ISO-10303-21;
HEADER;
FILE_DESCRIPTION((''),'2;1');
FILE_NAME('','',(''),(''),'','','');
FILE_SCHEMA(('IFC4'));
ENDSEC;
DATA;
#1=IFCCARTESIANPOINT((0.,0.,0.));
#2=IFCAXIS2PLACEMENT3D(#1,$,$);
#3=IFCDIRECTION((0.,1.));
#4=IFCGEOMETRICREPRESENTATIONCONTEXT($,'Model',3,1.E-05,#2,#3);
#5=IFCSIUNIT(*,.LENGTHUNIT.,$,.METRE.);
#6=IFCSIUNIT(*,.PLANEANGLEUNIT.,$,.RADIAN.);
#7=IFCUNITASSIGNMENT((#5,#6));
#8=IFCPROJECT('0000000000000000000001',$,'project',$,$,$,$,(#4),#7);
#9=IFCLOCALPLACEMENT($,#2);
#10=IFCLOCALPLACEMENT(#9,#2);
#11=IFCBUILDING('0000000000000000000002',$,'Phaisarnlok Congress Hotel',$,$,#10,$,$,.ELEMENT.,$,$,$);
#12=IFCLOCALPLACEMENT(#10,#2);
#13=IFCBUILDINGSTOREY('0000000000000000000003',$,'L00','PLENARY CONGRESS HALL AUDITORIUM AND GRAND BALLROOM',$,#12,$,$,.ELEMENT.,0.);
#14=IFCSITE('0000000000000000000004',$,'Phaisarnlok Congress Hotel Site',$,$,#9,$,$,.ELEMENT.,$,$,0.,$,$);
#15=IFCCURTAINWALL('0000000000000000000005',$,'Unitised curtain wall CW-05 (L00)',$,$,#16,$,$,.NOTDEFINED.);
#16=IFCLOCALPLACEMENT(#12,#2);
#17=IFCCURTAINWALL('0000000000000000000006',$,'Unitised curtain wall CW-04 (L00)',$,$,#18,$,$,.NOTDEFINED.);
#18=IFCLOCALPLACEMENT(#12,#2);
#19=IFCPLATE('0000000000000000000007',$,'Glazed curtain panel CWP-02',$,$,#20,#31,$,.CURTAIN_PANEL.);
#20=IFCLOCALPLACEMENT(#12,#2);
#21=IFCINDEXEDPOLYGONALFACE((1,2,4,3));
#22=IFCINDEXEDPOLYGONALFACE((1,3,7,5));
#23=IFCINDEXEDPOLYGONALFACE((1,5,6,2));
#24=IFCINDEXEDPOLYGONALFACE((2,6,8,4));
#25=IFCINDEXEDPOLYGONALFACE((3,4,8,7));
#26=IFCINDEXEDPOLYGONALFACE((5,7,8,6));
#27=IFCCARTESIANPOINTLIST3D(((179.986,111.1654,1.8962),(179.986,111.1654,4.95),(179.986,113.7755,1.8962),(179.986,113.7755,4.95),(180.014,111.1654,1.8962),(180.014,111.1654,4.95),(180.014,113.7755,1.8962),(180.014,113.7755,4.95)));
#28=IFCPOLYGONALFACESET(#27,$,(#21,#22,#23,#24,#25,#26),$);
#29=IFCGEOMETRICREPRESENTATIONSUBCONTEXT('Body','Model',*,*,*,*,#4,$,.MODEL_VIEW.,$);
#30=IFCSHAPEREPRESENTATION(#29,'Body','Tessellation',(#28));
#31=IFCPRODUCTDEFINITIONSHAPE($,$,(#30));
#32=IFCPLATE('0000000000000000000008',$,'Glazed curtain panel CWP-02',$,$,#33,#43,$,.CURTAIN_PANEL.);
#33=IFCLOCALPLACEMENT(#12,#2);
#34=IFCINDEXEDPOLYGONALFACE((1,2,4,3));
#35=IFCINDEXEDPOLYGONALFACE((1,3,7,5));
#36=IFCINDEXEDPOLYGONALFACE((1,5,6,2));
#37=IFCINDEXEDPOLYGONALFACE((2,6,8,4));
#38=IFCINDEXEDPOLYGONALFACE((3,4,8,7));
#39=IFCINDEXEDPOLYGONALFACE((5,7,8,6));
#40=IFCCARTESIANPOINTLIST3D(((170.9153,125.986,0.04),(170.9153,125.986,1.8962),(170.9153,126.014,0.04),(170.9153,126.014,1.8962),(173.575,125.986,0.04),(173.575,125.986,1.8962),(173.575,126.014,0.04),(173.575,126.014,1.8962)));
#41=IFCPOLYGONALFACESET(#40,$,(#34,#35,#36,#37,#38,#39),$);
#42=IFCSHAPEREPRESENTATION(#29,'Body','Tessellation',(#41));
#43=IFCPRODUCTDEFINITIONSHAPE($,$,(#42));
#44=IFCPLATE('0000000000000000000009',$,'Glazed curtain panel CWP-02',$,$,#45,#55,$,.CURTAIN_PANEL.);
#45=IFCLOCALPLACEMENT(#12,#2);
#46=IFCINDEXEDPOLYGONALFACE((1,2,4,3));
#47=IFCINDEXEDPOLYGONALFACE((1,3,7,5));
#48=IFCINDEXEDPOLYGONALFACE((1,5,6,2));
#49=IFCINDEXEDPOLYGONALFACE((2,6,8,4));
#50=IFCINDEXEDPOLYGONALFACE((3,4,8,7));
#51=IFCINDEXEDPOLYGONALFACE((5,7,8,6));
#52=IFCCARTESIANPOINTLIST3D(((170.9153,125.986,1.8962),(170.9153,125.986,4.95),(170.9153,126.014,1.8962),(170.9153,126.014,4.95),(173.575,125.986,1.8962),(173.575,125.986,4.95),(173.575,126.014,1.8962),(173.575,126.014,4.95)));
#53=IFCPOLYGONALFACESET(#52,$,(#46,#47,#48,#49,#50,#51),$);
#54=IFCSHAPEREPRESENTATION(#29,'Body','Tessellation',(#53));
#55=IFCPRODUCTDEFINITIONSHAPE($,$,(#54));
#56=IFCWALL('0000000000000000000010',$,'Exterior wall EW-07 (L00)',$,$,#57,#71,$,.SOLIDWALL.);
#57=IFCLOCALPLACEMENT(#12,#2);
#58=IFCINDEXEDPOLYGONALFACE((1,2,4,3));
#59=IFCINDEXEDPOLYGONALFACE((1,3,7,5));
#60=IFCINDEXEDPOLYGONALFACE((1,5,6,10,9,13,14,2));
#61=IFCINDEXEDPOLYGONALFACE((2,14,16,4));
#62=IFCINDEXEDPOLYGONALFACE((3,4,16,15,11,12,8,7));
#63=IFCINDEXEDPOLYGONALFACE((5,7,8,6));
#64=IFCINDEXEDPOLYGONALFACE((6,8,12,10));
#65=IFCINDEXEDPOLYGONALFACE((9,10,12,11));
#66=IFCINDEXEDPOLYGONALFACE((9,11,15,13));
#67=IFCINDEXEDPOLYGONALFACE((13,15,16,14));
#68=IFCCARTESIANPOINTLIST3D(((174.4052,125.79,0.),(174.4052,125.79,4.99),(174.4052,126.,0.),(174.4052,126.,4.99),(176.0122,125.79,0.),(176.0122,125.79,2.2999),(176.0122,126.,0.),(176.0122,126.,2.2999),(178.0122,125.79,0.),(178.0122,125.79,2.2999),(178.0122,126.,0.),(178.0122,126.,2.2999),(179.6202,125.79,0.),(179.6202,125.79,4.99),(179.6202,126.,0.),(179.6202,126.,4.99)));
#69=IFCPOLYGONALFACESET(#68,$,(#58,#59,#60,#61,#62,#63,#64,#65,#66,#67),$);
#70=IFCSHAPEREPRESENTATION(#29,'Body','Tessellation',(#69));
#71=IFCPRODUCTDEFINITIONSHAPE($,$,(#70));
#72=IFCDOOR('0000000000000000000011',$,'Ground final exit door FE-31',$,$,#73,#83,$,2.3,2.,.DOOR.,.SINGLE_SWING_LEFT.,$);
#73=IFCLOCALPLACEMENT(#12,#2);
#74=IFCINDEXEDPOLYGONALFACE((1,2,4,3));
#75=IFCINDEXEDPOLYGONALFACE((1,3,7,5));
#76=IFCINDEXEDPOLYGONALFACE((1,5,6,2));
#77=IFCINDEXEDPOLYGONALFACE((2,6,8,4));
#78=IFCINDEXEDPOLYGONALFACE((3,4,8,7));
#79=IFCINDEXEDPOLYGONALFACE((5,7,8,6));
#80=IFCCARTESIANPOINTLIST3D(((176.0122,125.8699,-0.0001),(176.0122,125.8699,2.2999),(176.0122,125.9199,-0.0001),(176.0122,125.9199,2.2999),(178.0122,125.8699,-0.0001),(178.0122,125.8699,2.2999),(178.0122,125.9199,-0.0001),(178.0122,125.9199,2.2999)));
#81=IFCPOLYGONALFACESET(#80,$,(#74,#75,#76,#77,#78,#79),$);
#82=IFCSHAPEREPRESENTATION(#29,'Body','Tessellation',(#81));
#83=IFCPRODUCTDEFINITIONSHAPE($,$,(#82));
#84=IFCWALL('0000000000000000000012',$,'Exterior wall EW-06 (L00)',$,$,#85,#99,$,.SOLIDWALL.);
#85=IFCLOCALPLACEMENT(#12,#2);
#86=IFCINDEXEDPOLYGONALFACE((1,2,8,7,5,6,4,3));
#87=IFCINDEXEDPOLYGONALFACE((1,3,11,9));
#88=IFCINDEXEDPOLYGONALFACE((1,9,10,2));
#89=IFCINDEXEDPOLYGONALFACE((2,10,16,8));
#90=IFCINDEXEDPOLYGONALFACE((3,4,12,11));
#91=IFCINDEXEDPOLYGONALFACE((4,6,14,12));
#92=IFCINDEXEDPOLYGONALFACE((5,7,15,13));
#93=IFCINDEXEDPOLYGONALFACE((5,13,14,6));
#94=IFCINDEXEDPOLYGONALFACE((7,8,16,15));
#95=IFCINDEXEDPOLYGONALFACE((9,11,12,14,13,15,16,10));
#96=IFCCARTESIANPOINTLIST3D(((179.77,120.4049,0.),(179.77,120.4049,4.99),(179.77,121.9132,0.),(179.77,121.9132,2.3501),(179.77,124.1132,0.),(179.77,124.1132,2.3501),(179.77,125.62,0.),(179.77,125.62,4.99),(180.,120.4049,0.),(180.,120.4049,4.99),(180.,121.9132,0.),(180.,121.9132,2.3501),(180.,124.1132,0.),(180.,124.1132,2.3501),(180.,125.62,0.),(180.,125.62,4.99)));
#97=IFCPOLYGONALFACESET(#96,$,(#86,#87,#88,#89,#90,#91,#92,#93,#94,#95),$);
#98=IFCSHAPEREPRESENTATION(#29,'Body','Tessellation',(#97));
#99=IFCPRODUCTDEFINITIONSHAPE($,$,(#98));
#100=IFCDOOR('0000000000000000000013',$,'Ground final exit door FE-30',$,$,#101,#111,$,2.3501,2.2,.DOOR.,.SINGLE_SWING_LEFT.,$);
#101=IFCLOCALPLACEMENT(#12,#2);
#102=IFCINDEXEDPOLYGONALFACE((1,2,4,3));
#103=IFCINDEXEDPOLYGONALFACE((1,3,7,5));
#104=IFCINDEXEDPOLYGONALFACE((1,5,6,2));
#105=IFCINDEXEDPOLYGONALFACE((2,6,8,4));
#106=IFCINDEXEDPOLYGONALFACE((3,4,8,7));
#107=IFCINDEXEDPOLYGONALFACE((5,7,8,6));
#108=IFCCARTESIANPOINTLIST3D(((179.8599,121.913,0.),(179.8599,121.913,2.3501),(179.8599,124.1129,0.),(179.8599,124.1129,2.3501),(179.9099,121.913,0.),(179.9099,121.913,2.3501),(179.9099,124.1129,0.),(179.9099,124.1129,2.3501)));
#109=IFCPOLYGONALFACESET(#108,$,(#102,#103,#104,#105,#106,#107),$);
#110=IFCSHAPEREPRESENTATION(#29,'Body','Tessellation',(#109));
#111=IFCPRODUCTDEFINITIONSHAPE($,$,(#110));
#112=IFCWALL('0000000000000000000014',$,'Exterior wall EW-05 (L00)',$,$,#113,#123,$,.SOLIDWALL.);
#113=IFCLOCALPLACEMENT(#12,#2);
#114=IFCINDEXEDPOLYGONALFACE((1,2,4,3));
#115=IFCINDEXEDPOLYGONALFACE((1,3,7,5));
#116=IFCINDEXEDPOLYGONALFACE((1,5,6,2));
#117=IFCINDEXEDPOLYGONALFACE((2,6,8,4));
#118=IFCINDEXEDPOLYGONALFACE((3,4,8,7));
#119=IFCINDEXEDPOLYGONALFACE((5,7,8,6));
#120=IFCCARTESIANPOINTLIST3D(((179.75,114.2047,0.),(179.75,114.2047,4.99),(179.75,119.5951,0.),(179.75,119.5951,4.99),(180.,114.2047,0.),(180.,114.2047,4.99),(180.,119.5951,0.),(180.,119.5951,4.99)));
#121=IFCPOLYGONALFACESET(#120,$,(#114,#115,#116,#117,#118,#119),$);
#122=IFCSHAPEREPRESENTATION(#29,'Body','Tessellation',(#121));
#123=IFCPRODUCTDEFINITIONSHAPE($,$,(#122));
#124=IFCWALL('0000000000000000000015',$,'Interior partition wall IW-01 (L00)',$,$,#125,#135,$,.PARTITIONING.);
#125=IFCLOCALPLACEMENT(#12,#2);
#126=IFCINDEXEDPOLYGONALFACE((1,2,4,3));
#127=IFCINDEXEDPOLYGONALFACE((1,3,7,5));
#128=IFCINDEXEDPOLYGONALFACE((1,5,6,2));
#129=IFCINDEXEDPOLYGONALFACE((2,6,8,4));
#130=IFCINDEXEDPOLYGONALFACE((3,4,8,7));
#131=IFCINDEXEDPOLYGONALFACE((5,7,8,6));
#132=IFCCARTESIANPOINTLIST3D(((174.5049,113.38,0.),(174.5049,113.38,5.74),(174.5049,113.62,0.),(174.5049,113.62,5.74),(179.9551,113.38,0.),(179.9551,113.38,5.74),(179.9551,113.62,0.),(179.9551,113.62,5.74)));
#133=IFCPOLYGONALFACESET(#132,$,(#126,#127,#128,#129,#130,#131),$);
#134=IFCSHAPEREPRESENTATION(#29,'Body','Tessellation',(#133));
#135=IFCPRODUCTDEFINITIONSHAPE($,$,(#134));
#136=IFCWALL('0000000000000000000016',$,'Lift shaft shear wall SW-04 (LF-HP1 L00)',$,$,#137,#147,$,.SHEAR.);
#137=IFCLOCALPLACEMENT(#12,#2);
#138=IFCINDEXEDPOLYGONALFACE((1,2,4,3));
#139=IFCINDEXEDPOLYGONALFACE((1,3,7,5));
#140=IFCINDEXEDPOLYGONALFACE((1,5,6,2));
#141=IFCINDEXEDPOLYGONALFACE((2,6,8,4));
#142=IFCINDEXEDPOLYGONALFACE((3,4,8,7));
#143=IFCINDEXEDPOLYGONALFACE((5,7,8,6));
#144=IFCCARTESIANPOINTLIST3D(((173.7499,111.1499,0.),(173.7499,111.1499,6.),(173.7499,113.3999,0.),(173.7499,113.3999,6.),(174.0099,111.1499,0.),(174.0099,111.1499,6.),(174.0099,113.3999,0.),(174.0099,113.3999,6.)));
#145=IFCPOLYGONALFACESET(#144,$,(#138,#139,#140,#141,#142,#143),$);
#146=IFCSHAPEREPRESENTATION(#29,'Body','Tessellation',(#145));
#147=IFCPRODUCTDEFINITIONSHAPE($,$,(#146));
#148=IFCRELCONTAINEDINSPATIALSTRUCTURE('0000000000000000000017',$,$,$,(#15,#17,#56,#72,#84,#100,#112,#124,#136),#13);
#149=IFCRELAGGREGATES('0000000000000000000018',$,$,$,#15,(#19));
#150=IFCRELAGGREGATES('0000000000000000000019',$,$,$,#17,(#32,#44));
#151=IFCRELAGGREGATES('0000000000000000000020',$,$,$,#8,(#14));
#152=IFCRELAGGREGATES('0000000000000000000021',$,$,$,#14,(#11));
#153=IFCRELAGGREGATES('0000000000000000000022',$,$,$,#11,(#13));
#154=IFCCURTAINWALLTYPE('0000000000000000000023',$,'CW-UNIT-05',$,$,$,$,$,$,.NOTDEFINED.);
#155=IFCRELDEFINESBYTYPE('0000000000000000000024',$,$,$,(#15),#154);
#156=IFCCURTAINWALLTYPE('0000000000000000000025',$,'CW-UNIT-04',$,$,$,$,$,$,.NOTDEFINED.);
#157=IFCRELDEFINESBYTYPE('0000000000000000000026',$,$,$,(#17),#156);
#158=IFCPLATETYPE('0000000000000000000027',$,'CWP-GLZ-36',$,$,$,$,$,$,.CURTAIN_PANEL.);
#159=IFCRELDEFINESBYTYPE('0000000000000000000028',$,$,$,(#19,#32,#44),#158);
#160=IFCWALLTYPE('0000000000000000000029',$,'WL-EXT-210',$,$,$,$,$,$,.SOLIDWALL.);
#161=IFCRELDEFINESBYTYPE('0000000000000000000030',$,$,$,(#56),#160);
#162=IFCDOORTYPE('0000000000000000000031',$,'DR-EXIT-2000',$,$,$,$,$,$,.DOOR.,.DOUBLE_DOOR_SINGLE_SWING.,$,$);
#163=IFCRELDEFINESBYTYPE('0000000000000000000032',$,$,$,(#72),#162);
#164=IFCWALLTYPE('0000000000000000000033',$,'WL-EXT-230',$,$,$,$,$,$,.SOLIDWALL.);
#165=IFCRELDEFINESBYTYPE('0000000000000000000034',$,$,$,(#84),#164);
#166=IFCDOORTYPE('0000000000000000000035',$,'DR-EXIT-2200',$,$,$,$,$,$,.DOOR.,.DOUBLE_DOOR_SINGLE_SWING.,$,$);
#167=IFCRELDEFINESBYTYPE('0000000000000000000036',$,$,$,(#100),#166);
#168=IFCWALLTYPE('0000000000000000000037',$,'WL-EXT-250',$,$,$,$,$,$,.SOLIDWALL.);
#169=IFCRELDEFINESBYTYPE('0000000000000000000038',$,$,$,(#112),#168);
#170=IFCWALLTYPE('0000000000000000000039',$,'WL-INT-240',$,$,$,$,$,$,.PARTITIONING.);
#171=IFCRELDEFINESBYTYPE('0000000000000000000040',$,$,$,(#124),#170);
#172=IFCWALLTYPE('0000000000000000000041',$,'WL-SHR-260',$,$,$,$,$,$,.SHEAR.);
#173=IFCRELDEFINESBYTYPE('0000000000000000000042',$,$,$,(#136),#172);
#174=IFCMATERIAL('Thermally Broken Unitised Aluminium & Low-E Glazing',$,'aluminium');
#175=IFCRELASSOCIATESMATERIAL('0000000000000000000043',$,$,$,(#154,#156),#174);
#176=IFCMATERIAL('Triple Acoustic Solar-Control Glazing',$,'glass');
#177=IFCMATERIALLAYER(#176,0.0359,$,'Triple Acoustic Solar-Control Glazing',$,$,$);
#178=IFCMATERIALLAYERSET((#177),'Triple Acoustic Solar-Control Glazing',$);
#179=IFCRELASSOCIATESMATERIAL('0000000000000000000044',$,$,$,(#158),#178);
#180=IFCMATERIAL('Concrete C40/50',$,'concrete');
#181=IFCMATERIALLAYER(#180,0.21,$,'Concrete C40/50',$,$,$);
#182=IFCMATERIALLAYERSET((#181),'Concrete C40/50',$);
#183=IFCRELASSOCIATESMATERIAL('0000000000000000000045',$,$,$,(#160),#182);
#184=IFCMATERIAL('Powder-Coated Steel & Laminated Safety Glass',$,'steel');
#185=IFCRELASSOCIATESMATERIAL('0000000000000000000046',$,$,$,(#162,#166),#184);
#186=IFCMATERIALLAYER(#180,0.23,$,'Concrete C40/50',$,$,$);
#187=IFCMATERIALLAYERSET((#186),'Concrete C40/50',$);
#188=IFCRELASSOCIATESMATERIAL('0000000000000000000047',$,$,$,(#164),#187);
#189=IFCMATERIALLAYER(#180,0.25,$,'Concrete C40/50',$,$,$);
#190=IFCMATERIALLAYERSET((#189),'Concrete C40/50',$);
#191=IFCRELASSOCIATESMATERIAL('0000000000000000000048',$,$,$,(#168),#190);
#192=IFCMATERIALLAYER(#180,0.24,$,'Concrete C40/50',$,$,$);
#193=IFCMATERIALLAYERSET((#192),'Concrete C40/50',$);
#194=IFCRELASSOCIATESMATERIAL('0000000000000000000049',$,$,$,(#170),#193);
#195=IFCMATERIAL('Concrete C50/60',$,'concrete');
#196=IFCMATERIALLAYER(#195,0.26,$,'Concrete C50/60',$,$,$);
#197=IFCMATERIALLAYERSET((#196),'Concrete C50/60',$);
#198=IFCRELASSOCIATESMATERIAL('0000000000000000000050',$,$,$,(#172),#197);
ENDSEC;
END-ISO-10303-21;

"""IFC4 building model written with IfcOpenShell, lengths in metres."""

from ifc_helpers import new_model, si_unit, direction, frame, frame_2d, origin, place, context, subcontext, project, spatial, rectangle, extrude, material, layer, layer_set, type_object, element, fill, aggregate, save


model = new_model("IFC4")

# Units and contexts
model_context = context("Model", 3, precision=1e-05, world=origin(), true_north=direction((0.0, 1.0)))
body_context = subcontext(model_context, "Body", "Model", "MODEL_VIEW")
ifc_project = project(units=[si_unit("LENGTHUNIT", "METRE"), si_unit("PLANEANGLEUNIT", "RADIAN")], contexts=[model_context])

# Site, building, storey
site_placement = place(None, origin())
site = spatial("IfcSite", under=ifc_project, at=site_placement, Name="Phaisarnlok Congress Hotel Site", CompositionType="ELEMENT", RefElevation=0.0)
building_placement = place(site_placement, origin())
building = spatial("IfcBuilding", under=site, at=building_placement, Name="Phaisarnlok Congress Hotel", CompositionType="ELEMENT")
storey_placement = place(building_placement, origin())
storey = spatial("IfcBuildingStorey", under=building, at=storey_placement, Name="L00", Description="PLENARY CONGRESS HALL AUDITORIUM AND GRAND BALLROOM", CompositionType="ELEMENT", Elevation=0.0)

# Shared definitions
ifc_material_1 = material(Name="Concrete C50/60", Category="concrete")

# Shared definitions
ifc_material_2 = material(Name="Concrete C40/50", Category="concrete")

# Curtain wall
ifc_material_3 = material(Name="Thermally Broken Unitised Aluminium & Low-E Glazing", Category="aluminium")
curtain_wall_type_1 = type_object("IfcCurtainWallType", Name="CW-UNIT-05", PredefinedType="NOTDEFINED", material=ifc_material_3)
curtain_wall_1_placement = place(storey_placement, origin())
curtain_wall_1 = element("IfcCurtainWall", 1, at=curtain_wall_1_placement, inside=storey, type_object=curtain_wall_type_1, Name="Unitised curtain wall CW-05 (L00)", PredefinedType="NOTDEFINED")

# Curtain wall
curtain_wall_type_2 = type_object("IfcCurtainWallType", Name="CW-UNIT-04", PredefinedType="NOTDEFINED", material=ifc_material_3)
curtain_wall_2_placement = place(storey_placement, origin())
curtain_wall_2 = element("IfcCurtainWall", 2, at=curtain_wall_2_placement, inside=storey, type_object=curtain_wall_type_2, Name="Unitised curtain wall CW-04 (L00)", PredefinedType="NOTDEFINED")

# Plates
ifc_material_4 = material(Name="Triple Acoustic Solar-Control Glazing", Category="glass")
ifc_layer_1 = layer(ifc_material_4, 0.0359, Name="Triple Acoustic Solar-Control Glazing")
ifc_layer_set_1 = layer_set([ifc_layer_1], Name="Triple Acoustic Solar-Control Glazing")
plate_type = type_object("IfcPlateType", Name="CWP-GLZ-36", PredefinedType="CURTAIN_PANEL", material=ifc_layer_set_1)
plate_1_placement = place(storey_placement, frame((180.0, 111.1653, 1.8962), z_axis=(0.0, 0.0, 1.0), x_axis=(0.0, 1.0, 0.0)))
plate_1 = element("IfcPlate", 3, at=plate_1_placement, type_object=plate_type, Name="Glazed curtain panel CWP-02", PredefinedType="CURTAIN_PANEL", context=body_context, shape_type="SweptSolid", body=[
    extrude(rectangle(XDim=2.6101, YDim=0.0281, at=frame_2d((1.3052, 0.0))), origin(), (0.0, 0.0, 1.0), 3.0537),
])
aggregate(curtain_wall_1, [plate_1])
plate_2_placement = place(storey_placement, frame((173.575, 126.0, 0.04), z_axis=(0.0, 0.0, 1.0), x_axis=(-1.0, 0.0, 0.0)))
plate_2 = element("IfcPlate", 4, at=plate_2_placement, type_object=plate_type, Name="Glazed curtain panel CWP-02", PredefinedType="CURTAIN_PANEL", context=body_context, shape_type="SweptSolid", body=[
    extrude(rectangle(XDim=2.6597, YDim=0.0281, at=frame_2d((1.3298, 0.0))), origin(), (0.0, 0.0, 1.0), 1.8562),
])
plate_3_placement = place(storey_placement, frame((173.575, 126.0, 1.8962), z_axis=(0.0, 0.0, 1.0), x_axis=(-1.0, 0.0, 0.0)))
plate_3 = element("IfcPlate", 5, at=plate_3_placement, type_object=plate_type, Name="Glazed curtain panel CWP-02", PredefinedType="CURTAIN_PANEL", context=body_context, shape_type="SweptSolid", body=[
    extrude(rectangle(XDim=2.6597, YDim=0.0281, at=frame_2d((1.3298, 0.0))), origin(), (0.0, 0.0, 1.0), 3.0537),
])
aggregate(curtain_wall_2, [plate_2, plate_3])

# Walls, openings, doors
ifc_layer_2 = layer(ifc_material_2, 0.21, Name="Concrete C40/50")
ifc_layer_set_2 = layer_set([ifc_layer_2], Name="Concrete C40/50")
wall_type_1 = type_object("IfcWallType", Name="WL-EXT-210", PredefinedType="SOLIDWALL", material=ifc_layer_set_2)
wall_1_placement = place(storey_placement, frame((179.6201, 125.895, 0.0), z_axis=(0.0, 0.0, 1.0), x_axis=(-1.0, 0.0, 0.0)))
wall_1 = element("IfcWall", 6, at=wall_1_placement, inside=storey, type_object=wall_type_1, Name="Exterior wall EW-07 (L00)", PredefinedType="SOLIDWALL", context=body_context, shape_type="SweptSolid", body=[
    extrude(rectangle(XDim=5.2151, YDim=0.21, at=frame_2d((2.6074, 0.0))), origin(), (0.0, 0.0, 1.0), 4.99),
])
opening_1_placement = place(wall_1_placement, frame((1.6079, 0.0, 0.0)))
opening_1 = element("IfcOpeningElement", 7, at=opening_1_placement, cuts=wall_1, PredefinedType="OPENING", context=body_context, shape_type="SweptSolid", body=[
    extrude(rectangle(XDim=2.0, YDim=2.3, at=frame_2d((1.0, 1.1499))), frame((0.0, 0.115, 0.0), z_axis=(0.0, -1.0, 0.0), x_axis=(1.0, 0.0, 0.0)), (0.0, 0.0, 1.0), 0.23),
])
ifc_material_5 = material(Name="Powder-Coated Steel & Laminated Safety Glass", Category="steel")
door_type_1 = type_object("IfcDoorType", Name="DR-EXIT-2000", OperationType="DOUBLE_DOOR_SINGLE_SWING", PredefinedType="DOOR", material=ifc_material_5)
door_1_placement = place(opening_1_placement, frame((2.0, 0.0, 0.0), z_axis=(0.0, 0.0, 1.0), x_axis=(-1.0, 0.0, 0.0)))
door_1 = element("IfcDoor", 8, at=door_1_placement, inside=storey, type_object=door_type_1, Name="Ground final exit door FE-31", OperationType="SINGLE_SWING_LEFT", OverallHeight=2.3, OverallWidth=2.0, PredefinedType="DOOR", context=body_context, shape_type="SweptSolid", body=[
    extrude(rectangle(XDim=2.0, YDim=2.3, at=frame_2d((1.0, 1.1499))), frame((0.0, 0.0249, 0.0), z_axis=(0.0, -1.0, 0.0), x_axis=(1.0, 0.0, 0.0)), (0.0, 0.0, 1.0), 0.05),
])
fill(opening_1, door_1)
ifc_layer_3 = layer(ifc_material_2, 0.23, Name="Concrete C40/50")
ifc_layer_set_3 = layer_set([ifc_layer_3], Name="Concrete C40/50")
wall_type_2 = type_object("IfcWallType", Name="WL-EXT-230", PredefinedType="SOLIDWALL", material=ifc_layer_set_3)
wall_2_placement = place(storey_placement, frame((179.885, 120.405, 0.0), z_axis=(0.0, 0.0, 1.0), x_axis=(0.0, 1.0, 0.0)))
wall_2 = element("IfcWall", 9, at=wall_2_placement, inside=storey, type_object=wall_type_2, Name="Exterior wall EW-06 (L00)", PredefinedType="SOLIDWALL", context=body_context, shape_type="SweptSolid", body=[
    extrude(rectangle(XDim=5.2151, YDim=0.23, at=frame_2d((2.6074, 0.0))), origin(), (0.0, 0.0, 1.0), 4.99),
])
opening_2_placement = place(wall_2_placement, frame((1.5081, 0.0, 0.0)))
opening_2 = element("IfcOpeningElement", 10, at=opening_2_placement, cuts=wall_2, PredefinedType="OPENING", context=body_context, shape_type="SweptSolid", body=[
    extrude(rectangle(XDim=2.2, YDim=2.3501, at=frame_2d((1.1001, 1.175))), frame((0.0, 0.125, 0.0), z_axis=(0.0, -1.0, 0.0), x_axis=(1.0, 0.0, 0.0)), (0.0, 0.0, 1.0), 0.25),
])
door_type_2 = type_object("IfcDoorType", Name="DR-EXIT-2200", OperationType="DOUBLE_DOOR_SINGLE_SWING", PredefinedType="DOOR", material=ifc_material_5)
door_2_placement = place(opening_2_placement, frame((2.2, 0.0, 0.0), z_axis=(0.0, 0.0, 1.0), x_axis=(-1.0, 0.0, 0.0)))
door_2 = element("IfcDoor", 11, at=door_2_placement, inside=storey, type_object=door_type_2, Name="Ground final exit door FE-30", OperationType="SINGLE_SWING_LEFT", OverallHeight=2.3501, OverallWidth=2.2, PredefinedType="DOOR", context=body_context, shape_type="SweptSolid", body=[
    extrude(rectangle(XDim=2.2, YDim=2.3501, at=frame_2d((1.1001, 1.175))), frame((0.0, 0.0249, 0.0), z_axis=(0.0, -1.0, 0.0), x_axis=(1.0, 0.0, 0.0)), (0.0, 0.0, 1.0), 0.05),
])
fill(opening_2, door_2)

# Walls
ifc_layer_4 = layer(ifc_material_2, 0.25, Name="Concrete C40/50")
ifc_layer_set_4 = layer_set([ifc_layer_4], Name="Concrete C40/50")
wall_type_3 = type_object("IfcWallType", Name="WL-EXT-250", PredefinedType="SOLIDWALL", material=ifc_layer_set_4)
wall_3_placement = place(storey_placement, frame((179.875, 114.2046, 0.0), z_axis=(0.0, 0.0, 1.0), x_axis=(0.0, 1.0, 0.0)))
element("IfcWall", 12, at=wall_3_placement, inside=storey, type_object=wall_type_3, Name="Exterior wall EW-05 (L00)", PredefinedType="SOLIDWALL", context=body_context, shape_type="SweptSolid", body=[
    extrude(rectangle(XDim=5.3904, YDim=0.25, at=frame_2d((2.6953, 0.0))), origin(), (0.0, 0.0, 1.0), 4.99),
])
ifc_layer_5 = layer(ifc_material_2, 0.24, Name="Concrete C40/50")
ifc_layer_set_5 = layer_set([ifc_layer_5], Name="Concrete C40/50")
wall_type_4 = type_object("IfcWallType", Name="WL-INT-240", PredefinedType="PARTITIONING", material=ifc_layer_set_5)
wall_4_placement = place(storey_placement, frame((174.5049, 113.5, 0.0), z_axis=(0.0, 0.0, 1.0), x_axis=(1.0, 0.0, 0.0)))
element("IfcWall", 13, at=wall_4_placement, inside=storey, type_object=wall_type_4, Name="Interior partition wall IW-01 (L00)", PredefinedType="PARTITIONING", context=body_context, shape_type="SweptSolid", body=[
    extrude(rectangle(XDim=5.4502, YDim=0.24, at=frame_2d((2.7251, 0.0))), origin(), (0.0, 0.0, 1.0), 5.74),
])
ifc_layer_6 = layer(ifc_material_1, 0.26, Name="Concrete C50/60")
ifc_layer_set_6 = layer_set([ifc_layer_6], Name="Concrete C50/60")
wall_type_5 = type_object("IfcWallType", Name="WL-SHR-260", PredefinedType="SHEAR", material=ifc_layer_set_6)
wall_5_placement = place(storey_placement, frame((173.8799, 111.1499, 0.0), z_axis=(0.0, 0.0, 1.0), x_axis=(0.0, 1.0, 0.0)))
element("IfcWall", 14, at=wall_5_placement, inside=storey, type_object=wall_type_5, Name="Lift shaft shear wall SW-04 (LF-HP1 L00)", PredefinedType="SHEAR", context=body_context, shape_type="SweptSolid", body=[
    extrude(rectangle(XDim=2.25, YDim=0.26, at=frame_2d((1.125, 0.0))), origin(), (0.0, 0.0, 1.0), 6.0),
])

save(model, "model.ifc")
